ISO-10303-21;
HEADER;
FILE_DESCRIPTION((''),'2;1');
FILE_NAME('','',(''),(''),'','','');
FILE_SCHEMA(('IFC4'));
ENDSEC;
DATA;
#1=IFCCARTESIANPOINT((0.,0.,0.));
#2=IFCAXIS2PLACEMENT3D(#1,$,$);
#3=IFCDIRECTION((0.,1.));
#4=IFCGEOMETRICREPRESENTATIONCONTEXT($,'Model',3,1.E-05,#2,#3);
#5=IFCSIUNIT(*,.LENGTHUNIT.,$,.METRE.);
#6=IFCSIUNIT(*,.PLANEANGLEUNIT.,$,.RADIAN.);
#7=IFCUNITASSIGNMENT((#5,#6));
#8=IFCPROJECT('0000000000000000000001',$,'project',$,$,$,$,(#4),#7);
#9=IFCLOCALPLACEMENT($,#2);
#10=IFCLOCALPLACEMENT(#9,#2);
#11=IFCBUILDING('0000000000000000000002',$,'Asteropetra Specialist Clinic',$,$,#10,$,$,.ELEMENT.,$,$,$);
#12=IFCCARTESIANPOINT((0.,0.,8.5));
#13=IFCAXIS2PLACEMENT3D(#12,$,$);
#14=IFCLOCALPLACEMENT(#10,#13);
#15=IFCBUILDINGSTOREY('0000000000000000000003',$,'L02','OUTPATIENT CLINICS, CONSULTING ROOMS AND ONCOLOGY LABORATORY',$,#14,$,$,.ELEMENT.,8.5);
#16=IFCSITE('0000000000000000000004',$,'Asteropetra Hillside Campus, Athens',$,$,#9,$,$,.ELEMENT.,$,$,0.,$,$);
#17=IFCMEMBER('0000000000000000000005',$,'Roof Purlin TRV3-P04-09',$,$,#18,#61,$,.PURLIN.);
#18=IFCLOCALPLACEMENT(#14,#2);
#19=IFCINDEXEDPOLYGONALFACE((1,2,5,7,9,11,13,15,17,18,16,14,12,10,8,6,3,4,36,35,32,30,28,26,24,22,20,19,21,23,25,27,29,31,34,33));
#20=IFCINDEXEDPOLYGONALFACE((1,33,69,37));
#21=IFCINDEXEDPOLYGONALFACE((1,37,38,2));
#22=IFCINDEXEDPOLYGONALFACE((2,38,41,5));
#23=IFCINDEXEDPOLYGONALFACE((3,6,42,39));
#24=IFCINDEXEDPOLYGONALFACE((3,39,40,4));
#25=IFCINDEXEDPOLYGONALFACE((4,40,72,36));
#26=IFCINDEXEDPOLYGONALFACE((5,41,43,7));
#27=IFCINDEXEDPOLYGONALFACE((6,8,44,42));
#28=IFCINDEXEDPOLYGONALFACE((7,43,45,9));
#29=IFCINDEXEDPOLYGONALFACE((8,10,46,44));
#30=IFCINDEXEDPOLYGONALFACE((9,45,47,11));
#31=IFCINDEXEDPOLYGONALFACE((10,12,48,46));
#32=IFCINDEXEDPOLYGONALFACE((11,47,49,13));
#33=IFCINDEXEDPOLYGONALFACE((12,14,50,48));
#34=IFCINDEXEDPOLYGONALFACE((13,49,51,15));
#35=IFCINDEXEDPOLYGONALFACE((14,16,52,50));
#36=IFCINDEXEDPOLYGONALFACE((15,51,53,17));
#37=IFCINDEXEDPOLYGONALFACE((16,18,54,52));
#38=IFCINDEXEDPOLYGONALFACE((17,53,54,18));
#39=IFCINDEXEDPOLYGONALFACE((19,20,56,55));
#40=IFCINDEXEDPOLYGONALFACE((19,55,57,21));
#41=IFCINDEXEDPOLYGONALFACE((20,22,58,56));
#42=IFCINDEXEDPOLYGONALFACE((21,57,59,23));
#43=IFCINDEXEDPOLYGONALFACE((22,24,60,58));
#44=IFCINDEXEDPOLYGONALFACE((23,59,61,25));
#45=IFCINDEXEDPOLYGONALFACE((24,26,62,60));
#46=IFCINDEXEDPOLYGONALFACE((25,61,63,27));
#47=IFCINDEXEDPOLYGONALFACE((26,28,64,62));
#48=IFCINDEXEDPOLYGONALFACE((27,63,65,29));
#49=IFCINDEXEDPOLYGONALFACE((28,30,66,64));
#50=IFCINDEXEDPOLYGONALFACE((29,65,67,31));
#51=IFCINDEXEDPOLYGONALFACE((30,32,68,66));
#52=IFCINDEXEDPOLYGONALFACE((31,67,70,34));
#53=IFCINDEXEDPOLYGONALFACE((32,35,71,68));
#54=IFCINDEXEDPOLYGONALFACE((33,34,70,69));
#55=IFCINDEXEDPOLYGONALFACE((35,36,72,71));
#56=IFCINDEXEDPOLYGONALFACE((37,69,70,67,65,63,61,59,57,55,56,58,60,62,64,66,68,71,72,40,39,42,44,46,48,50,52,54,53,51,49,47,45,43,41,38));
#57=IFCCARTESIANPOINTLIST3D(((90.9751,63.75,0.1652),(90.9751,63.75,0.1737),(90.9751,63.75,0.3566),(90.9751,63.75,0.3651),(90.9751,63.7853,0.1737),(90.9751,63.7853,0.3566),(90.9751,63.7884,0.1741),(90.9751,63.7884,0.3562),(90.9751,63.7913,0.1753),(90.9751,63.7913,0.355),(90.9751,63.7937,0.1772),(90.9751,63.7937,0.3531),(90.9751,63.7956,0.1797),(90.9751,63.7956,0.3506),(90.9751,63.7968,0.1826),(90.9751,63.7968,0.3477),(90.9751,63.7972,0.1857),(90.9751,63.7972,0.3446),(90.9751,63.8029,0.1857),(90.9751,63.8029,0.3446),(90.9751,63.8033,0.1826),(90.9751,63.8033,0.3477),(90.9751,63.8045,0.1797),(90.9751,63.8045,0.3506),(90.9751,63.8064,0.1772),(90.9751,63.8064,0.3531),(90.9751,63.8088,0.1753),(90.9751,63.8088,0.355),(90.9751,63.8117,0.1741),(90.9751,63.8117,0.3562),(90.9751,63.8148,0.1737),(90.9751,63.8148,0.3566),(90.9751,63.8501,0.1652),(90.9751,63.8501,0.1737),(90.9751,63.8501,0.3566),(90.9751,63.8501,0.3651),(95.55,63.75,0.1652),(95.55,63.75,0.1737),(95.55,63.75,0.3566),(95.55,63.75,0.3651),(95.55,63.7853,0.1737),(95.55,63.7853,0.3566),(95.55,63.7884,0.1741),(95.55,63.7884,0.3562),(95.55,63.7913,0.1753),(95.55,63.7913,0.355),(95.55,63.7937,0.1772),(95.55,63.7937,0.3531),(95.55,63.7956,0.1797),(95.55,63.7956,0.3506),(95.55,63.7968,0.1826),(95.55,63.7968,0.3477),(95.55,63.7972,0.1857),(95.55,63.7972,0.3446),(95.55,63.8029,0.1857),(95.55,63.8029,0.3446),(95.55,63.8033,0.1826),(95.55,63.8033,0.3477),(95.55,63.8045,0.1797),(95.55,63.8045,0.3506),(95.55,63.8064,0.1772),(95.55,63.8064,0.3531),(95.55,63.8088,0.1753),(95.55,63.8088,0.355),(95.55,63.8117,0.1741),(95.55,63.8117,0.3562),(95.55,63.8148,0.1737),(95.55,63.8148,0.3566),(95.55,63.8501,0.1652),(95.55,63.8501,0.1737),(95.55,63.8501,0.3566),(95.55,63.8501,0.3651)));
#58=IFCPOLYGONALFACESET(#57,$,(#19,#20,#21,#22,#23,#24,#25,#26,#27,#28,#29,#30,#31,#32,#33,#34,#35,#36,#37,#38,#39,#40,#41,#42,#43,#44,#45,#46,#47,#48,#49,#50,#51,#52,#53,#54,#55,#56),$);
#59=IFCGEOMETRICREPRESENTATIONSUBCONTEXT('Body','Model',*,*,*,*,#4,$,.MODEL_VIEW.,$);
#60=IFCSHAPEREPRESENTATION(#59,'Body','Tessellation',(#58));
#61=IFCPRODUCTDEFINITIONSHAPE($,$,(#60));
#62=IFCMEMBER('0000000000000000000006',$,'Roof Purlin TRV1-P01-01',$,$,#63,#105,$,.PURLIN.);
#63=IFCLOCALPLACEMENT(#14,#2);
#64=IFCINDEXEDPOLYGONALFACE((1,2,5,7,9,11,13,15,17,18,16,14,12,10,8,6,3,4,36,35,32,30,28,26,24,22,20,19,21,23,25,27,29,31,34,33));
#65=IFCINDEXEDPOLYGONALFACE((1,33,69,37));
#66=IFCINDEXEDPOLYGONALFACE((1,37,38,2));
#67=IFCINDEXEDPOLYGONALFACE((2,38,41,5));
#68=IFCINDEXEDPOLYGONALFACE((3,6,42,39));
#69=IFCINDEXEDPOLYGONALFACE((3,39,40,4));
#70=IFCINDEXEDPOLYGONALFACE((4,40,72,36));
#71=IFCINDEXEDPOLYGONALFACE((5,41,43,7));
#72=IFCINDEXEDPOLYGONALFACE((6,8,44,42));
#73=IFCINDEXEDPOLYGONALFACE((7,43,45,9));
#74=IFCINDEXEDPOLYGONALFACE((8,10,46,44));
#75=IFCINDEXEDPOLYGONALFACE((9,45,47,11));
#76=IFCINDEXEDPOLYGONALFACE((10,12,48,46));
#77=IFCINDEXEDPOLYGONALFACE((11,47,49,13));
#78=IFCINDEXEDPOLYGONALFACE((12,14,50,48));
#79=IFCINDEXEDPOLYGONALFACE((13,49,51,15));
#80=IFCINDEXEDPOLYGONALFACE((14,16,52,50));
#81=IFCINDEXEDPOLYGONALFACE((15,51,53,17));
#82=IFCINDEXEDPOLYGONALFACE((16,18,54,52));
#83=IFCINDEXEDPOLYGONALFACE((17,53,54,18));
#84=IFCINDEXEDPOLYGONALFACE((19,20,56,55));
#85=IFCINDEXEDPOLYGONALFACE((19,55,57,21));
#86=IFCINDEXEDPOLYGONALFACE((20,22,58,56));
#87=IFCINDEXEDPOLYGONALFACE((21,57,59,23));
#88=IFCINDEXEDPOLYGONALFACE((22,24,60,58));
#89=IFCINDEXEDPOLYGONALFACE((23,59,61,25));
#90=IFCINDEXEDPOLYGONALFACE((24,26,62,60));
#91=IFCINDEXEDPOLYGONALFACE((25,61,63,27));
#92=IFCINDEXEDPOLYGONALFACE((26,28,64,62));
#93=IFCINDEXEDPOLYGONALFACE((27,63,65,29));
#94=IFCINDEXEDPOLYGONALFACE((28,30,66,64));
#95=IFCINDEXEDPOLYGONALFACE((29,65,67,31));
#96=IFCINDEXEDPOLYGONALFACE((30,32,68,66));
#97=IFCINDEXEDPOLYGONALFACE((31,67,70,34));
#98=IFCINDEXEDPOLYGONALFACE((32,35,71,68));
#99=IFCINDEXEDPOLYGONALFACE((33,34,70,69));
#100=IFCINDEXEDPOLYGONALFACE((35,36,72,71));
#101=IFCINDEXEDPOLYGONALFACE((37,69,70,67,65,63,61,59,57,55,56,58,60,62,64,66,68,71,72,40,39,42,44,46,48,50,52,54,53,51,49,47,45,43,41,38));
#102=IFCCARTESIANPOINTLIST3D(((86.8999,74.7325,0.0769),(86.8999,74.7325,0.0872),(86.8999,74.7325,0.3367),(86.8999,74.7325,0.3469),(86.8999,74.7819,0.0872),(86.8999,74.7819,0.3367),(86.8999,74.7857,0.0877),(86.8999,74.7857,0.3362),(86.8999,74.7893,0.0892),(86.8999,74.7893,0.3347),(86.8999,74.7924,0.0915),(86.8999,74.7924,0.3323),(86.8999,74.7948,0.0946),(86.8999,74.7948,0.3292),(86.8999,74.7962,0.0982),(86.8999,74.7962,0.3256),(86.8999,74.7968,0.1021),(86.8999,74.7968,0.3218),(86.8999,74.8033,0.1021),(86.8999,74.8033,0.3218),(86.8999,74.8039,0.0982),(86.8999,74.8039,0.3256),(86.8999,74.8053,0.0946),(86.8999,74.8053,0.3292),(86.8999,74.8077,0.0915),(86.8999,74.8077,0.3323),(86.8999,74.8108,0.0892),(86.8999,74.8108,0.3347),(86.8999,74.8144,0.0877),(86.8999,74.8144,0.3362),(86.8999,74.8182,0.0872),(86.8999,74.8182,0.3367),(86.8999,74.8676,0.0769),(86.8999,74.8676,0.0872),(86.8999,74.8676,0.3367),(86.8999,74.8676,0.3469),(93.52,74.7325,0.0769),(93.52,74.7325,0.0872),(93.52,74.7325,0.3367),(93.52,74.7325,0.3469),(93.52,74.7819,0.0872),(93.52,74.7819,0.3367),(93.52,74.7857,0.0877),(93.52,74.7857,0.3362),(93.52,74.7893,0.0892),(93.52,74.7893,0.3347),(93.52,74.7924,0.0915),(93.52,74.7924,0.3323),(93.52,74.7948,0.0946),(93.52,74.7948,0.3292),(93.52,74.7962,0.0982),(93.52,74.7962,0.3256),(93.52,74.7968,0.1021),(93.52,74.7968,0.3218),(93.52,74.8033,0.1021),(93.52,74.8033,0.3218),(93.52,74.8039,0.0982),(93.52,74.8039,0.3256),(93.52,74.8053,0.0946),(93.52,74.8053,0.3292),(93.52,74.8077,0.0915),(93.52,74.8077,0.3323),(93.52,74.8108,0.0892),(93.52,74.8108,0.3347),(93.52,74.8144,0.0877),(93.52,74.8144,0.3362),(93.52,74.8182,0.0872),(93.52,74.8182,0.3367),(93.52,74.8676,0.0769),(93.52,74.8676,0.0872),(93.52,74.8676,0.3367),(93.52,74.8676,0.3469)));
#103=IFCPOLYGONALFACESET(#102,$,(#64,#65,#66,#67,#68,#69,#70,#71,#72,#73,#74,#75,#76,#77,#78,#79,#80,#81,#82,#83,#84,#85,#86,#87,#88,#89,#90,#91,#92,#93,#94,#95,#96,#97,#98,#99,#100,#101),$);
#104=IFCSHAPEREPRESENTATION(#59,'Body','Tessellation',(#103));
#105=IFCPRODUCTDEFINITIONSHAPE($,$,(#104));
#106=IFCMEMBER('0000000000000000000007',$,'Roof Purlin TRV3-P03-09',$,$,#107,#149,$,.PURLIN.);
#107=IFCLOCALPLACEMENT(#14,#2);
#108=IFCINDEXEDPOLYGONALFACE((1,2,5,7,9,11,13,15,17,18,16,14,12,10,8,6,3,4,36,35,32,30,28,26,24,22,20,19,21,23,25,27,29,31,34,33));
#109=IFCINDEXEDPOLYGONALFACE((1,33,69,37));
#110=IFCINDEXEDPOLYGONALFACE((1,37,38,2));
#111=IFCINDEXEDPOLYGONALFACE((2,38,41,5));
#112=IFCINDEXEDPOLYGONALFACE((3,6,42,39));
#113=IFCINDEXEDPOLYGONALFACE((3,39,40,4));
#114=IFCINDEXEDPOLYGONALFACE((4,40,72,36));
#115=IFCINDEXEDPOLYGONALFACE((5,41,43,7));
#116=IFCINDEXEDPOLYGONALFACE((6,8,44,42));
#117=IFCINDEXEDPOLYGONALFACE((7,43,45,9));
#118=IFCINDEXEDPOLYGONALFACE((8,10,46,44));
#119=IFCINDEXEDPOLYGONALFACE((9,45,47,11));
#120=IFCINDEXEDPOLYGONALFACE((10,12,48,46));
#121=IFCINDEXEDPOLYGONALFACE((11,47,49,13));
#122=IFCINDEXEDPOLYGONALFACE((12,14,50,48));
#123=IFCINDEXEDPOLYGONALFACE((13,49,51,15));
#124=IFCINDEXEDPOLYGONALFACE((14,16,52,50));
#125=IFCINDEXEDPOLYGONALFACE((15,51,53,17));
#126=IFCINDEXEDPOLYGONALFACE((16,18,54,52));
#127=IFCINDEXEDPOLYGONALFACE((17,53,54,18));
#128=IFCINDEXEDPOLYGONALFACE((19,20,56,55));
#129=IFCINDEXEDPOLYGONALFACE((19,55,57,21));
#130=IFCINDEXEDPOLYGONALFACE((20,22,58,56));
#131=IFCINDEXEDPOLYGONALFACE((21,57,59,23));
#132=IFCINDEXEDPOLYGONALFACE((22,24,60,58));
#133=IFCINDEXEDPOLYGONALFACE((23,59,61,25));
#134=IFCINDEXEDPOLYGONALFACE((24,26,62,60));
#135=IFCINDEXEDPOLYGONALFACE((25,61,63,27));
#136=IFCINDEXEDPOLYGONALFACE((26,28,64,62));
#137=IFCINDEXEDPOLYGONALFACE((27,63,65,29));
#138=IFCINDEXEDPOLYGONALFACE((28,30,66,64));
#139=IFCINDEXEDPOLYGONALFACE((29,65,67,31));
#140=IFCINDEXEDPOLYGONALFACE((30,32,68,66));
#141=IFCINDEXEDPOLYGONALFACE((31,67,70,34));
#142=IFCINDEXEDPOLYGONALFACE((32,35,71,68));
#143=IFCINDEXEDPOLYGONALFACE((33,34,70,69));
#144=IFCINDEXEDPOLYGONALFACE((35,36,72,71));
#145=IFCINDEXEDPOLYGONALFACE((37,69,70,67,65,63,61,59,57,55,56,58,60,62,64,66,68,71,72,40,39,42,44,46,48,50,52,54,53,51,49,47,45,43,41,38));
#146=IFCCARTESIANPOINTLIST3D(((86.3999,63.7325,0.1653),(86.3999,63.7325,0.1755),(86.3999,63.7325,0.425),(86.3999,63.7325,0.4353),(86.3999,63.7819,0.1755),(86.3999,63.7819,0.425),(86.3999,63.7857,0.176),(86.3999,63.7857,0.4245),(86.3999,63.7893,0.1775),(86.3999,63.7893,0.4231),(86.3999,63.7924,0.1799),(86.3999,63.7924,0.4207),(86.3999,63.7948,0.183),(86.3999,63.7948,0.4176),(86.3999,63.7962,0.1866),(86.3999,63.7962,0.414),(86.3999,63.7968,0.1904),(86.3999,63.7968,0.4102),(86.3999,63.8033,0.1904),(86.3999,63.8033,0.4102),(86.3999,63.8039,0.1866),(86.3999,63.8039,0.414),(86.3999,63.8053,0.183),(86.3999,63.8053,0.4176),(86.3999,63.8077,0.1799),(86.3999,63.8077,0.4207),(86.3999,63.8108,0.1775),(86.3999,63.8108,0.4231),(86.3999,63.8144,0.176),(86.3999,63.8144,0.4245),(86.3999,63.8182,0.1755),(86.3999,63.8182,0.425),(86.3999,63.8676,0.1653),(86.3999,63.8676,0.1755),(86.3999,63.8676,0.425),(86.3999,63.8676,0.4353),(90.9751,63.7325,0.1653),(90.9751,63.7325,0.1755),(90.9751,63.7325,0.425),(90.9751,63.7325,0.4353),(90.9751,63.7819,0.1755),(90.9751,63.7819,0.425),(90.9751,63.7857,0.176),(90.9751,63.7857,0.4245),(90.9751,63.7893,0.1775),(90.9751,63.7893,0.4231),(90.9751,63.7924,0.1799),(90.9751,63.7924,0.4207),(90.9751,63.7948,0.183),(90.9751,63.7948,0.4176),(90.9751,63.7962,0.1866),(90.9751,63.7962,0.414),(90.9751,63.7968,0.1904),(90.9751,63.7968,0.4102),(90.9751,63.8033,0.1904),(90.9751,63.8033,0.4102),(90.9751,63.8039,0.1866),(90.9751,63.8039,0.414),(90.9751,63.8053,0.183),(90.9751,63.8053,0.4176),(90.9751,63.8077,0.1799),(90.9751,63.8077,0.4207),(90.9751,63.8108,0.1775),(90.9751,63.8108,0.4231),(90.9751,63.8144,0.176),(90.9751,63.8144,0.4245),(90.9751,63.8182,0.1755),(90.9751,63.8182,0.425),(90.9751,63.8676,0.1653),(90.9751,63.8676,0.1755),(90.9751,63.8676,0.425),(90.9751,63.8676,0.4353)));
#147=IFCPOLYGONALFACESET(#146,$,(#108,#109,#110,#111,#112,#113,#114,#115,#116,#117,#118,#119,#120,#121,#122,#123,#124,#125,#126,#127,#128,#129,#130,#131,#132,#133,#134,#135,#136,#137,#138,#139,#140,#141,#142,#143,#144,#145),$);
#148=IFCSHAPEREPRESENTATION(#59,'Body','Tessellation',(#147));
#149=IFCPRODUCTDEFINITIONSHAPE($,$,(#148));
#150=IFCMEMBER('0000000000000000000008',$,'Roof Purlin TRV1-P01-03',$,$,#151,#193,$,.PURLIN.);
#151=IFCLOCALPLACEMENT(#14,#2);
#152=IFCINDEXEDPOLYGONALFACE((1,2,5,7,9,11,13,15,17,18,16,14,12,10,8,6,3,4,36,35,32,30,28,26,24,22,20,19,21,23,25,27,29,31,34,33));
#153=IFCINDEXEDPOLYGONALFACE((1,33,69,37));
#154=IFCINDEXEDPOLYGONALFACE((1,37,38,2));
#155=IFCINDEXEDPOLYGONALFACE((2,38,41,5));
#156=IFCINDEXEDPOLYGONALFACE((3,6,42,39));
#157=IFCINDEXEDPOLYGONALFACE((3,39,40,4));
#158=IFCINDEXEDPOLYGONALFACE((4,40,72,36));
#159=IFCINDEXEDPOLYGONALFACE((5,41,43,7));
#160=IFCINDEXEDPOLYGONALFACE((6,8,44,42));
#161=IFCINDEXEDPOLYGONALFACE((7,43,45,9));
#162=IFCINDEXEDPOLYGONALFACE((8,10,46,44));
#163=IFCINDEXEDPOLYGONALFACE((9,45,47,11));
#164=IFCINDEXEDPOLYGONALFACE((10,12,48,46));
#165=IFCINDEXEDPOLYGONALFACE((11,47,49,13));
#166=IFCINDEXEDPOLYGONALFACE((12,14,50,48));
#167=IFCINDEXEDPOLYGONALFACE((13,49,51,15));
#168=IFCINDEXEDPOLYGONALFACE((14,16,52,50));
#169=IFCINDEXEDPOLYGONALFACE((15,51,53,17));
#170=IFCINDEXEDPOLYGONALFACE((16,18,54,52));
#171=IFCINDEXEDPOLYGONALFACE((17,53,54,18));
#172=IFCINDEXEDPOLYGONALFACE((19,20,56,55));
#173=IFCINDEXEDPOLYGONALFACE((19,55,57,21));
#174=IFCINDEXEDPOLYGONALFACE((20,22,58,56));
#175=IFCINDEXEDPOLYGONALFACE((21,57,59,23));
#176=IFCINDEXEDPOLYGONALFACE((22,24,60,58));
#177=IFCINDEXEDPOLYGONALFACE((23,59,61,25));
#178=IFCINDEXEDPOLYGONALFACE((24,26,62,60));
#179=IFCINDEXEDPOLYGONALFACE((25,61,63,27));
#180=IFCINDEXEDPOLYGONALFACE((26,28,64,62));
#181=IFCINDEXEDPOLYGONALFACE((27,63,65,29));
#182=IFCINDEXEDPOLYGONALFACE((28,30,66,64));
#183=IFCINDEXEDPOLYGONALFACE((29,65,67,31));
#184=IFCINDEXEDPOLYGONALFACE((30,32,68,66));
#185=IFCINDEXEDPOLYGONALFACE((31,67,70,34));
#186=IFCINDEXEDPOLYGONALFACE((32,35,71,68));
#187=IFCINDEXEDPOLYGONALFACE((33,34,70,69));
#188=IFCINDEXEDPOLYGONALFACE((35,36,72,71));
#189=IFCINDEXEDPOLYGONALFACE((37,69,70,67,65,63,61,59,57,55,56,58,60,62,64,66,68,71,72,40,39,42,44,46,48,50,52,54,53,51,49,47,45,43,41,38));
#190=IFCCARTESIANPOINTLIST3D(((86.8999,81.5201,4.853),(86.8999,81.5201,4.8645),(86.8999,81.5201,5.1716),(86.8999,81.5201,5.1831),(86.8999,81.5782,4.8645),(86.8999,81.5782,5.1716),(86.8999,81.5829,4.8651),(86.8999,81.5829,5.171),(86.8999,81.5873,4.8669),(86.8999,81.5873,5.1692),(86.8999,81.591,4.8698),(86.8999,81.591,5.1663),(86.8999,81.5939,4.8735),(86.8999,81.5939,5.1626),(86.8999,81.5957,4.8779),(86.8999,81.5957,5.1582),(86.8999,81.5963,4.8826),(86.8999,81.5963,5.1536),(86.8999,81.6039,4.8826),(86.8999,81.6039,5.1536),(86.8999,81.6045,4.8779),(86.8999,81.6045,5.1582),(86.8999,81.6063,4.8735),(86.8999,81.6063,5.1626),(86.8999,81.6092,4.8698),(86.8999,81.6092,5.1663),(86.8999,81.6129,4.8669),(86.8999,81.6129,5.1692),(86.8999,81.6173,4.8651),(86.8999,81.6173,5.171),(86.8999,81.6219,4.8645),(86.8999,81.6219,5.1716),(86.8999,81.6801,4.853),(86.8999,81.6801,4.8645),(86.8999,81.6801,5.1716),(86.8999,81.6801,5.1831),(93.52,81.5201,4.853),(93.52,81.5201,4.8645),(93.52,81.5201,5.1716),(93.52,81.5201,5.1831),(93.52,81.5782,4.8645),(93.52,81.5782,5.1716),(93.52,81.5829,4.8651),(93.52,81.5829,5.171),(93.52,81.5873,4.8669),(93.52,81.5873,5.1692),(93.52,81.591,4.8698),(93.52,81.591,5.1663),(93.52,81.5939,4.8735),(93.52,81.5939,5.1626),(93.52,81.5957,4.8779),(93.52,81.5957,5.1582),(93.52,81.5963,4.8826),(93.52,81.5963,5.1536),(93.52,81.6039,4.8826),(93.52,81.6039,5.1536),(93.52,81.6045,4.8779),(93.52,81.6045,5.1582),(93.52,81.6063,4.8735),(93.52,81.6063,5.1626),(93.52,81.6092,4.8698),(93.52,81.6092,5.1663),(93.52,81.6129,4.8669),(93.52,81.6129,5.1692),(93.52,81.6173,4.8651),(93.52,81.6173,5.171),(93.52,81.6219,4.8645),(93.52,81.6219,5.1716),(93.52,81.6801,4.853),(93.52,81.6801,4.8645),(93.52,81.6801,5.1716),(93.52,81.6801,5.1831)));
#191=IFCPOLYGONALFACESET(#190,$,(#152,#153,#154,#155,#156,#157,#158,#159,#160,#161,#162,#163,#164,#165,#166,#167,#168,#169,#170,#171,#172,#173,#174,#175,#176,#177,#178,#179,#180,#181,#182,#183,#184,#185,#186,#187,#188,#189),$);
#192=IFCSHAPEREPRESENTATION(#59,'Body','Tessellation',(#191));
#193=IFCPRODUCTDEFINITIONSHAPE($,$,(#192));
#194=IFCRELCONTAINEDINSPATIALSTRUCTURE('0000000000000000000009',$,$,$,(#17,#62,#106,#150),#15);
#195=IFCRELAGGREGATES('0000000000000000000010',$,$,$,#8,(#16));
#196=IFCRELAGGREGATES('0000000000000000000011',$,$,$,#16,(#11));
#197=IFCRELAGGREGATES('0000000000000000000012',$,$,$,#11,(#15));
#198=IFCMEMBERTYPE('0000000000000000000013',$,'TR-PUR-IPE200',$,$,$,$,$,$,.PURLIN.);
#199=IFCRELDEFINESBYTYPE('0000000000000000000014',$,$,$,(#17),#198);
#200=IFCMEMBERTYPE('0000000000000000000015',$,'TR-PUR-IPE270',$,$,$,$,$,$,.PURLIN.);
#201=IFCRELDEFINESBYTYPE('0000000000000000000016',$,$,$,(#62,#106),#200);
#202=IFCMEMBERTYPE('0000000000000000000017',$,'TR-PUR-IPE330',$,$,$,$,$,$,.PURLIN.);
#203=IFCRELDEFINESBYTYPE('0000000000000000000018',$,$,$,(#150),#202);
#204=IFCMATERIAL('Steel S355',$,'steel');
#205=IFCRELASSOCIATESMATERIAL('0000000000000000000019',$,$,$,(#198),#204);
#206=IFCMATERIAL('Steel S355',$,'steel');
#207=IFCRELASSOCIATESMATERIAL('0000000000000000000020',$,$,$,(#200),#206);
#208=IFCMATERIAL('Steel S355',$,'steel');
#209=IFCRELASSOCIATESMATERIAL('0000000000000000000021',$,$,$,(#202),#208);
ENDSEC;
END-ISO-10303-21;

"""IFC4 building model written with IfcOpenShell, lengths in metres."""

from ifc_helpers import new_model, si_unit, direction, frame, origin, origin_2d, place, context, subcontext, project, spatial, i_section, extrude, material, material_profile, profile_set, type_object, element, save


model = new_model("IFC4")

# Units and contexts
model_context = context("Model", 3, precision=1e-05, world=origin(), true_north=direction((0.0, 1.0)))
body_context = subcontext(model_context, "Body", "Model", "MODEL_VIEW")
ifc_project = project(units=[si_unit("LENGTHUNIT", "METRE"), si_unit("PLANEANGLEUNIT", "RADIAN")], contexts=[model_context])

# Site, building, storey
site_placement = place(None, origin())
site = spatial("IfcSite", under=ifc_project, at=site_placement, Name="Asteropetra Hillside Campus, Athens", CompositionType="ELEMENT", RefElevation=0.0)
building_placement = place(site_placement, origin())
building = spatial("IfcBuilding", under=site, at=building_placement, Name="Asteropetra Specialist Clinic", CompositionType="ELEMENT")
storey_placement = place(building_placement, frame((0.0, 0.0, 8.5)))
storey = spatial("IfcBuildingStorey", under=building, at=storey_placement, Name="L02", Description="OUTPATIENT CLINICS, CONSULTING ROOMS AND ONCOLOGY LABORATORY", CompositionType="ELEMENT", Elevation=8.5)

# Members
ifc_material_1 = material(Name="Steel S355", Category="steel")
ifc_material_profile_1 = material_profile(ifc_material_1, i_section(OverallWidth=0.1001, OverallDepth=0.2, WebThickness=0.0056, FlangeThickness=0.0085, FilletRadius=0.012, at=origin_2d()), Name="IPE 200")
ifc_profile_set_1 = profile_set([ifc_material_profile_1], Name="Steel S355")
member_type_1 = type_object("IfcMemberType", Name="TR-PUR-IPE200", PredefinedType="PURLIN", material=ifc_profile_set_1)
for number, where, z_axis, x_axis, name in (
    (1, (90.9751, 63.8, 0.2651), (1.0, 0.0, 0.0), (0.0, 1.0, 0.0), "Roof Purlin TRV3-P04-09"),
):
    element("IfcMember", number, at=place(storey_placement, frame(where, z_axis=z_axis, x_axis=x_axis)), inside=storey, type_object=member_type_1, Name=name, PredefinedType="PURLIN", context=body_context, shape_type="SweptSolid", body=[
        extrude(i_section(OverallWidth=0.1001, OverallDepth=0.2, WebThickness=0.0056, FlangeThickness=0.0085, FilletRadius=0.012, at=origin_2d()), origin(), (0.0, 0.0, 1.0), 4.575),
    ])
ifc_material_2 = material(Name="Steel S355", Category="steel")
ifc_material_profile_2 = material_profile(ifc_material_2, i_section(OverallWidth=0.135, OverallDepth=0.27, WebThickness=0.0066, FlangeThickness=0.0103, FilletRadius=0.0149, at=origin_2d()), Name="IPE 270")
ifc_profile_set_2 = profile_set([ifc_material_profile_2], Name="Steel S355")
member_type_2 = type_object("IfcMemberType", Name="TR-PUR-IPE270", PredefinedType="PURLIN", material=ifc_profile_set_2)
member_1_placement = place(storey_placement, frame((86.8999, 74.8, 0.2119), z_axis=(1.0, 0.0, 0.0), x_axis=(0.0, 1.0, 0.0)))
element("IfcMember", 2, at=member_1_placement, inside=storey, type_object=member_type_2, Name="Roof Purlin TRV1-P01-01", PredefinedType="PURLIN", context=body_context, shape_type="SweptSolid", body=[
    extrude(i_section(OverallWidth=0.135, OverallDepth=0.27, WebThickness=0.0066, FlangeThickness=0.0103, FilletRadius=0.0149, at=origin_2d()), origin(), (0.0, 0.0, 1.0), 6.6201),
])
member_2_placement = place(storey_placement, frame((86.3999, 63.8, 0.3003), z_axis=(1.0, 0.0, 0.0), x_axis=(0.0, 1.0, 0.0)))
element("IfcMember", 3, at=member_2_placement, inside=storey, type_object=member_type_2, Name="Roof Purlin TRV3-P03-09", PredefinedType="PURLIN", context=body_context, shape_type="SweptSolid", body=[
    extrude(i_section(OverallWidth=0.135, OverallDepth=0.27, WebThickness=0.0066, FlangeThickness=0.0103, FilletRadius=0.0149, at=origin_2d()), origin(), (0.0, 0.0, 1.0), 4.5752),
])
ifc_material_3 = material(Name="Steel S355", Category="steel")
ifc_material_profile_3 = material_profile(ifc_material_3, i_section(OverallWidth=0.1599, OverallDepth=0.3301, WebThickness=0.0076, FlangeThickness=0.0115, FilletRadius=0.0181, at=origin_2d()), Name="IPE 330")
ifc_profile_set_3 = profile_set([ifc_material_profile_3], Name="Steel S355")
member_type_3 = type_object("IfcMemberType", Name="TR-PUR-IPE330", PredefinedType="PURLIN", material=ifc_profile_set_3)
member_3_placement = place(storey_placement, frame((86.8999, 81.6001, 5.0181), z_axis=(1.0, 0.0, 0.0), x_axis=(0.0, 1.0, 0.0)))
element("IfcMember", 4, at=member_3_placement, inside=storey, type_object=member_type_3, Name="Roof Purlin TRV1-P01-03", PredefinedType="PURLIN", context=body_context, shape_type="SweptSolid", body=[
    extrude(i_section(OverallWidth=0.1599, OverallDepth=0.3301, WebThickness=0.0076, FlangeThickness=0.0115, FilletRadius=0.0181, at=origin_2d()), origin(), (0.0, 0.0, 1.0), 6.6201),
])

save(model, "model.ifc")
